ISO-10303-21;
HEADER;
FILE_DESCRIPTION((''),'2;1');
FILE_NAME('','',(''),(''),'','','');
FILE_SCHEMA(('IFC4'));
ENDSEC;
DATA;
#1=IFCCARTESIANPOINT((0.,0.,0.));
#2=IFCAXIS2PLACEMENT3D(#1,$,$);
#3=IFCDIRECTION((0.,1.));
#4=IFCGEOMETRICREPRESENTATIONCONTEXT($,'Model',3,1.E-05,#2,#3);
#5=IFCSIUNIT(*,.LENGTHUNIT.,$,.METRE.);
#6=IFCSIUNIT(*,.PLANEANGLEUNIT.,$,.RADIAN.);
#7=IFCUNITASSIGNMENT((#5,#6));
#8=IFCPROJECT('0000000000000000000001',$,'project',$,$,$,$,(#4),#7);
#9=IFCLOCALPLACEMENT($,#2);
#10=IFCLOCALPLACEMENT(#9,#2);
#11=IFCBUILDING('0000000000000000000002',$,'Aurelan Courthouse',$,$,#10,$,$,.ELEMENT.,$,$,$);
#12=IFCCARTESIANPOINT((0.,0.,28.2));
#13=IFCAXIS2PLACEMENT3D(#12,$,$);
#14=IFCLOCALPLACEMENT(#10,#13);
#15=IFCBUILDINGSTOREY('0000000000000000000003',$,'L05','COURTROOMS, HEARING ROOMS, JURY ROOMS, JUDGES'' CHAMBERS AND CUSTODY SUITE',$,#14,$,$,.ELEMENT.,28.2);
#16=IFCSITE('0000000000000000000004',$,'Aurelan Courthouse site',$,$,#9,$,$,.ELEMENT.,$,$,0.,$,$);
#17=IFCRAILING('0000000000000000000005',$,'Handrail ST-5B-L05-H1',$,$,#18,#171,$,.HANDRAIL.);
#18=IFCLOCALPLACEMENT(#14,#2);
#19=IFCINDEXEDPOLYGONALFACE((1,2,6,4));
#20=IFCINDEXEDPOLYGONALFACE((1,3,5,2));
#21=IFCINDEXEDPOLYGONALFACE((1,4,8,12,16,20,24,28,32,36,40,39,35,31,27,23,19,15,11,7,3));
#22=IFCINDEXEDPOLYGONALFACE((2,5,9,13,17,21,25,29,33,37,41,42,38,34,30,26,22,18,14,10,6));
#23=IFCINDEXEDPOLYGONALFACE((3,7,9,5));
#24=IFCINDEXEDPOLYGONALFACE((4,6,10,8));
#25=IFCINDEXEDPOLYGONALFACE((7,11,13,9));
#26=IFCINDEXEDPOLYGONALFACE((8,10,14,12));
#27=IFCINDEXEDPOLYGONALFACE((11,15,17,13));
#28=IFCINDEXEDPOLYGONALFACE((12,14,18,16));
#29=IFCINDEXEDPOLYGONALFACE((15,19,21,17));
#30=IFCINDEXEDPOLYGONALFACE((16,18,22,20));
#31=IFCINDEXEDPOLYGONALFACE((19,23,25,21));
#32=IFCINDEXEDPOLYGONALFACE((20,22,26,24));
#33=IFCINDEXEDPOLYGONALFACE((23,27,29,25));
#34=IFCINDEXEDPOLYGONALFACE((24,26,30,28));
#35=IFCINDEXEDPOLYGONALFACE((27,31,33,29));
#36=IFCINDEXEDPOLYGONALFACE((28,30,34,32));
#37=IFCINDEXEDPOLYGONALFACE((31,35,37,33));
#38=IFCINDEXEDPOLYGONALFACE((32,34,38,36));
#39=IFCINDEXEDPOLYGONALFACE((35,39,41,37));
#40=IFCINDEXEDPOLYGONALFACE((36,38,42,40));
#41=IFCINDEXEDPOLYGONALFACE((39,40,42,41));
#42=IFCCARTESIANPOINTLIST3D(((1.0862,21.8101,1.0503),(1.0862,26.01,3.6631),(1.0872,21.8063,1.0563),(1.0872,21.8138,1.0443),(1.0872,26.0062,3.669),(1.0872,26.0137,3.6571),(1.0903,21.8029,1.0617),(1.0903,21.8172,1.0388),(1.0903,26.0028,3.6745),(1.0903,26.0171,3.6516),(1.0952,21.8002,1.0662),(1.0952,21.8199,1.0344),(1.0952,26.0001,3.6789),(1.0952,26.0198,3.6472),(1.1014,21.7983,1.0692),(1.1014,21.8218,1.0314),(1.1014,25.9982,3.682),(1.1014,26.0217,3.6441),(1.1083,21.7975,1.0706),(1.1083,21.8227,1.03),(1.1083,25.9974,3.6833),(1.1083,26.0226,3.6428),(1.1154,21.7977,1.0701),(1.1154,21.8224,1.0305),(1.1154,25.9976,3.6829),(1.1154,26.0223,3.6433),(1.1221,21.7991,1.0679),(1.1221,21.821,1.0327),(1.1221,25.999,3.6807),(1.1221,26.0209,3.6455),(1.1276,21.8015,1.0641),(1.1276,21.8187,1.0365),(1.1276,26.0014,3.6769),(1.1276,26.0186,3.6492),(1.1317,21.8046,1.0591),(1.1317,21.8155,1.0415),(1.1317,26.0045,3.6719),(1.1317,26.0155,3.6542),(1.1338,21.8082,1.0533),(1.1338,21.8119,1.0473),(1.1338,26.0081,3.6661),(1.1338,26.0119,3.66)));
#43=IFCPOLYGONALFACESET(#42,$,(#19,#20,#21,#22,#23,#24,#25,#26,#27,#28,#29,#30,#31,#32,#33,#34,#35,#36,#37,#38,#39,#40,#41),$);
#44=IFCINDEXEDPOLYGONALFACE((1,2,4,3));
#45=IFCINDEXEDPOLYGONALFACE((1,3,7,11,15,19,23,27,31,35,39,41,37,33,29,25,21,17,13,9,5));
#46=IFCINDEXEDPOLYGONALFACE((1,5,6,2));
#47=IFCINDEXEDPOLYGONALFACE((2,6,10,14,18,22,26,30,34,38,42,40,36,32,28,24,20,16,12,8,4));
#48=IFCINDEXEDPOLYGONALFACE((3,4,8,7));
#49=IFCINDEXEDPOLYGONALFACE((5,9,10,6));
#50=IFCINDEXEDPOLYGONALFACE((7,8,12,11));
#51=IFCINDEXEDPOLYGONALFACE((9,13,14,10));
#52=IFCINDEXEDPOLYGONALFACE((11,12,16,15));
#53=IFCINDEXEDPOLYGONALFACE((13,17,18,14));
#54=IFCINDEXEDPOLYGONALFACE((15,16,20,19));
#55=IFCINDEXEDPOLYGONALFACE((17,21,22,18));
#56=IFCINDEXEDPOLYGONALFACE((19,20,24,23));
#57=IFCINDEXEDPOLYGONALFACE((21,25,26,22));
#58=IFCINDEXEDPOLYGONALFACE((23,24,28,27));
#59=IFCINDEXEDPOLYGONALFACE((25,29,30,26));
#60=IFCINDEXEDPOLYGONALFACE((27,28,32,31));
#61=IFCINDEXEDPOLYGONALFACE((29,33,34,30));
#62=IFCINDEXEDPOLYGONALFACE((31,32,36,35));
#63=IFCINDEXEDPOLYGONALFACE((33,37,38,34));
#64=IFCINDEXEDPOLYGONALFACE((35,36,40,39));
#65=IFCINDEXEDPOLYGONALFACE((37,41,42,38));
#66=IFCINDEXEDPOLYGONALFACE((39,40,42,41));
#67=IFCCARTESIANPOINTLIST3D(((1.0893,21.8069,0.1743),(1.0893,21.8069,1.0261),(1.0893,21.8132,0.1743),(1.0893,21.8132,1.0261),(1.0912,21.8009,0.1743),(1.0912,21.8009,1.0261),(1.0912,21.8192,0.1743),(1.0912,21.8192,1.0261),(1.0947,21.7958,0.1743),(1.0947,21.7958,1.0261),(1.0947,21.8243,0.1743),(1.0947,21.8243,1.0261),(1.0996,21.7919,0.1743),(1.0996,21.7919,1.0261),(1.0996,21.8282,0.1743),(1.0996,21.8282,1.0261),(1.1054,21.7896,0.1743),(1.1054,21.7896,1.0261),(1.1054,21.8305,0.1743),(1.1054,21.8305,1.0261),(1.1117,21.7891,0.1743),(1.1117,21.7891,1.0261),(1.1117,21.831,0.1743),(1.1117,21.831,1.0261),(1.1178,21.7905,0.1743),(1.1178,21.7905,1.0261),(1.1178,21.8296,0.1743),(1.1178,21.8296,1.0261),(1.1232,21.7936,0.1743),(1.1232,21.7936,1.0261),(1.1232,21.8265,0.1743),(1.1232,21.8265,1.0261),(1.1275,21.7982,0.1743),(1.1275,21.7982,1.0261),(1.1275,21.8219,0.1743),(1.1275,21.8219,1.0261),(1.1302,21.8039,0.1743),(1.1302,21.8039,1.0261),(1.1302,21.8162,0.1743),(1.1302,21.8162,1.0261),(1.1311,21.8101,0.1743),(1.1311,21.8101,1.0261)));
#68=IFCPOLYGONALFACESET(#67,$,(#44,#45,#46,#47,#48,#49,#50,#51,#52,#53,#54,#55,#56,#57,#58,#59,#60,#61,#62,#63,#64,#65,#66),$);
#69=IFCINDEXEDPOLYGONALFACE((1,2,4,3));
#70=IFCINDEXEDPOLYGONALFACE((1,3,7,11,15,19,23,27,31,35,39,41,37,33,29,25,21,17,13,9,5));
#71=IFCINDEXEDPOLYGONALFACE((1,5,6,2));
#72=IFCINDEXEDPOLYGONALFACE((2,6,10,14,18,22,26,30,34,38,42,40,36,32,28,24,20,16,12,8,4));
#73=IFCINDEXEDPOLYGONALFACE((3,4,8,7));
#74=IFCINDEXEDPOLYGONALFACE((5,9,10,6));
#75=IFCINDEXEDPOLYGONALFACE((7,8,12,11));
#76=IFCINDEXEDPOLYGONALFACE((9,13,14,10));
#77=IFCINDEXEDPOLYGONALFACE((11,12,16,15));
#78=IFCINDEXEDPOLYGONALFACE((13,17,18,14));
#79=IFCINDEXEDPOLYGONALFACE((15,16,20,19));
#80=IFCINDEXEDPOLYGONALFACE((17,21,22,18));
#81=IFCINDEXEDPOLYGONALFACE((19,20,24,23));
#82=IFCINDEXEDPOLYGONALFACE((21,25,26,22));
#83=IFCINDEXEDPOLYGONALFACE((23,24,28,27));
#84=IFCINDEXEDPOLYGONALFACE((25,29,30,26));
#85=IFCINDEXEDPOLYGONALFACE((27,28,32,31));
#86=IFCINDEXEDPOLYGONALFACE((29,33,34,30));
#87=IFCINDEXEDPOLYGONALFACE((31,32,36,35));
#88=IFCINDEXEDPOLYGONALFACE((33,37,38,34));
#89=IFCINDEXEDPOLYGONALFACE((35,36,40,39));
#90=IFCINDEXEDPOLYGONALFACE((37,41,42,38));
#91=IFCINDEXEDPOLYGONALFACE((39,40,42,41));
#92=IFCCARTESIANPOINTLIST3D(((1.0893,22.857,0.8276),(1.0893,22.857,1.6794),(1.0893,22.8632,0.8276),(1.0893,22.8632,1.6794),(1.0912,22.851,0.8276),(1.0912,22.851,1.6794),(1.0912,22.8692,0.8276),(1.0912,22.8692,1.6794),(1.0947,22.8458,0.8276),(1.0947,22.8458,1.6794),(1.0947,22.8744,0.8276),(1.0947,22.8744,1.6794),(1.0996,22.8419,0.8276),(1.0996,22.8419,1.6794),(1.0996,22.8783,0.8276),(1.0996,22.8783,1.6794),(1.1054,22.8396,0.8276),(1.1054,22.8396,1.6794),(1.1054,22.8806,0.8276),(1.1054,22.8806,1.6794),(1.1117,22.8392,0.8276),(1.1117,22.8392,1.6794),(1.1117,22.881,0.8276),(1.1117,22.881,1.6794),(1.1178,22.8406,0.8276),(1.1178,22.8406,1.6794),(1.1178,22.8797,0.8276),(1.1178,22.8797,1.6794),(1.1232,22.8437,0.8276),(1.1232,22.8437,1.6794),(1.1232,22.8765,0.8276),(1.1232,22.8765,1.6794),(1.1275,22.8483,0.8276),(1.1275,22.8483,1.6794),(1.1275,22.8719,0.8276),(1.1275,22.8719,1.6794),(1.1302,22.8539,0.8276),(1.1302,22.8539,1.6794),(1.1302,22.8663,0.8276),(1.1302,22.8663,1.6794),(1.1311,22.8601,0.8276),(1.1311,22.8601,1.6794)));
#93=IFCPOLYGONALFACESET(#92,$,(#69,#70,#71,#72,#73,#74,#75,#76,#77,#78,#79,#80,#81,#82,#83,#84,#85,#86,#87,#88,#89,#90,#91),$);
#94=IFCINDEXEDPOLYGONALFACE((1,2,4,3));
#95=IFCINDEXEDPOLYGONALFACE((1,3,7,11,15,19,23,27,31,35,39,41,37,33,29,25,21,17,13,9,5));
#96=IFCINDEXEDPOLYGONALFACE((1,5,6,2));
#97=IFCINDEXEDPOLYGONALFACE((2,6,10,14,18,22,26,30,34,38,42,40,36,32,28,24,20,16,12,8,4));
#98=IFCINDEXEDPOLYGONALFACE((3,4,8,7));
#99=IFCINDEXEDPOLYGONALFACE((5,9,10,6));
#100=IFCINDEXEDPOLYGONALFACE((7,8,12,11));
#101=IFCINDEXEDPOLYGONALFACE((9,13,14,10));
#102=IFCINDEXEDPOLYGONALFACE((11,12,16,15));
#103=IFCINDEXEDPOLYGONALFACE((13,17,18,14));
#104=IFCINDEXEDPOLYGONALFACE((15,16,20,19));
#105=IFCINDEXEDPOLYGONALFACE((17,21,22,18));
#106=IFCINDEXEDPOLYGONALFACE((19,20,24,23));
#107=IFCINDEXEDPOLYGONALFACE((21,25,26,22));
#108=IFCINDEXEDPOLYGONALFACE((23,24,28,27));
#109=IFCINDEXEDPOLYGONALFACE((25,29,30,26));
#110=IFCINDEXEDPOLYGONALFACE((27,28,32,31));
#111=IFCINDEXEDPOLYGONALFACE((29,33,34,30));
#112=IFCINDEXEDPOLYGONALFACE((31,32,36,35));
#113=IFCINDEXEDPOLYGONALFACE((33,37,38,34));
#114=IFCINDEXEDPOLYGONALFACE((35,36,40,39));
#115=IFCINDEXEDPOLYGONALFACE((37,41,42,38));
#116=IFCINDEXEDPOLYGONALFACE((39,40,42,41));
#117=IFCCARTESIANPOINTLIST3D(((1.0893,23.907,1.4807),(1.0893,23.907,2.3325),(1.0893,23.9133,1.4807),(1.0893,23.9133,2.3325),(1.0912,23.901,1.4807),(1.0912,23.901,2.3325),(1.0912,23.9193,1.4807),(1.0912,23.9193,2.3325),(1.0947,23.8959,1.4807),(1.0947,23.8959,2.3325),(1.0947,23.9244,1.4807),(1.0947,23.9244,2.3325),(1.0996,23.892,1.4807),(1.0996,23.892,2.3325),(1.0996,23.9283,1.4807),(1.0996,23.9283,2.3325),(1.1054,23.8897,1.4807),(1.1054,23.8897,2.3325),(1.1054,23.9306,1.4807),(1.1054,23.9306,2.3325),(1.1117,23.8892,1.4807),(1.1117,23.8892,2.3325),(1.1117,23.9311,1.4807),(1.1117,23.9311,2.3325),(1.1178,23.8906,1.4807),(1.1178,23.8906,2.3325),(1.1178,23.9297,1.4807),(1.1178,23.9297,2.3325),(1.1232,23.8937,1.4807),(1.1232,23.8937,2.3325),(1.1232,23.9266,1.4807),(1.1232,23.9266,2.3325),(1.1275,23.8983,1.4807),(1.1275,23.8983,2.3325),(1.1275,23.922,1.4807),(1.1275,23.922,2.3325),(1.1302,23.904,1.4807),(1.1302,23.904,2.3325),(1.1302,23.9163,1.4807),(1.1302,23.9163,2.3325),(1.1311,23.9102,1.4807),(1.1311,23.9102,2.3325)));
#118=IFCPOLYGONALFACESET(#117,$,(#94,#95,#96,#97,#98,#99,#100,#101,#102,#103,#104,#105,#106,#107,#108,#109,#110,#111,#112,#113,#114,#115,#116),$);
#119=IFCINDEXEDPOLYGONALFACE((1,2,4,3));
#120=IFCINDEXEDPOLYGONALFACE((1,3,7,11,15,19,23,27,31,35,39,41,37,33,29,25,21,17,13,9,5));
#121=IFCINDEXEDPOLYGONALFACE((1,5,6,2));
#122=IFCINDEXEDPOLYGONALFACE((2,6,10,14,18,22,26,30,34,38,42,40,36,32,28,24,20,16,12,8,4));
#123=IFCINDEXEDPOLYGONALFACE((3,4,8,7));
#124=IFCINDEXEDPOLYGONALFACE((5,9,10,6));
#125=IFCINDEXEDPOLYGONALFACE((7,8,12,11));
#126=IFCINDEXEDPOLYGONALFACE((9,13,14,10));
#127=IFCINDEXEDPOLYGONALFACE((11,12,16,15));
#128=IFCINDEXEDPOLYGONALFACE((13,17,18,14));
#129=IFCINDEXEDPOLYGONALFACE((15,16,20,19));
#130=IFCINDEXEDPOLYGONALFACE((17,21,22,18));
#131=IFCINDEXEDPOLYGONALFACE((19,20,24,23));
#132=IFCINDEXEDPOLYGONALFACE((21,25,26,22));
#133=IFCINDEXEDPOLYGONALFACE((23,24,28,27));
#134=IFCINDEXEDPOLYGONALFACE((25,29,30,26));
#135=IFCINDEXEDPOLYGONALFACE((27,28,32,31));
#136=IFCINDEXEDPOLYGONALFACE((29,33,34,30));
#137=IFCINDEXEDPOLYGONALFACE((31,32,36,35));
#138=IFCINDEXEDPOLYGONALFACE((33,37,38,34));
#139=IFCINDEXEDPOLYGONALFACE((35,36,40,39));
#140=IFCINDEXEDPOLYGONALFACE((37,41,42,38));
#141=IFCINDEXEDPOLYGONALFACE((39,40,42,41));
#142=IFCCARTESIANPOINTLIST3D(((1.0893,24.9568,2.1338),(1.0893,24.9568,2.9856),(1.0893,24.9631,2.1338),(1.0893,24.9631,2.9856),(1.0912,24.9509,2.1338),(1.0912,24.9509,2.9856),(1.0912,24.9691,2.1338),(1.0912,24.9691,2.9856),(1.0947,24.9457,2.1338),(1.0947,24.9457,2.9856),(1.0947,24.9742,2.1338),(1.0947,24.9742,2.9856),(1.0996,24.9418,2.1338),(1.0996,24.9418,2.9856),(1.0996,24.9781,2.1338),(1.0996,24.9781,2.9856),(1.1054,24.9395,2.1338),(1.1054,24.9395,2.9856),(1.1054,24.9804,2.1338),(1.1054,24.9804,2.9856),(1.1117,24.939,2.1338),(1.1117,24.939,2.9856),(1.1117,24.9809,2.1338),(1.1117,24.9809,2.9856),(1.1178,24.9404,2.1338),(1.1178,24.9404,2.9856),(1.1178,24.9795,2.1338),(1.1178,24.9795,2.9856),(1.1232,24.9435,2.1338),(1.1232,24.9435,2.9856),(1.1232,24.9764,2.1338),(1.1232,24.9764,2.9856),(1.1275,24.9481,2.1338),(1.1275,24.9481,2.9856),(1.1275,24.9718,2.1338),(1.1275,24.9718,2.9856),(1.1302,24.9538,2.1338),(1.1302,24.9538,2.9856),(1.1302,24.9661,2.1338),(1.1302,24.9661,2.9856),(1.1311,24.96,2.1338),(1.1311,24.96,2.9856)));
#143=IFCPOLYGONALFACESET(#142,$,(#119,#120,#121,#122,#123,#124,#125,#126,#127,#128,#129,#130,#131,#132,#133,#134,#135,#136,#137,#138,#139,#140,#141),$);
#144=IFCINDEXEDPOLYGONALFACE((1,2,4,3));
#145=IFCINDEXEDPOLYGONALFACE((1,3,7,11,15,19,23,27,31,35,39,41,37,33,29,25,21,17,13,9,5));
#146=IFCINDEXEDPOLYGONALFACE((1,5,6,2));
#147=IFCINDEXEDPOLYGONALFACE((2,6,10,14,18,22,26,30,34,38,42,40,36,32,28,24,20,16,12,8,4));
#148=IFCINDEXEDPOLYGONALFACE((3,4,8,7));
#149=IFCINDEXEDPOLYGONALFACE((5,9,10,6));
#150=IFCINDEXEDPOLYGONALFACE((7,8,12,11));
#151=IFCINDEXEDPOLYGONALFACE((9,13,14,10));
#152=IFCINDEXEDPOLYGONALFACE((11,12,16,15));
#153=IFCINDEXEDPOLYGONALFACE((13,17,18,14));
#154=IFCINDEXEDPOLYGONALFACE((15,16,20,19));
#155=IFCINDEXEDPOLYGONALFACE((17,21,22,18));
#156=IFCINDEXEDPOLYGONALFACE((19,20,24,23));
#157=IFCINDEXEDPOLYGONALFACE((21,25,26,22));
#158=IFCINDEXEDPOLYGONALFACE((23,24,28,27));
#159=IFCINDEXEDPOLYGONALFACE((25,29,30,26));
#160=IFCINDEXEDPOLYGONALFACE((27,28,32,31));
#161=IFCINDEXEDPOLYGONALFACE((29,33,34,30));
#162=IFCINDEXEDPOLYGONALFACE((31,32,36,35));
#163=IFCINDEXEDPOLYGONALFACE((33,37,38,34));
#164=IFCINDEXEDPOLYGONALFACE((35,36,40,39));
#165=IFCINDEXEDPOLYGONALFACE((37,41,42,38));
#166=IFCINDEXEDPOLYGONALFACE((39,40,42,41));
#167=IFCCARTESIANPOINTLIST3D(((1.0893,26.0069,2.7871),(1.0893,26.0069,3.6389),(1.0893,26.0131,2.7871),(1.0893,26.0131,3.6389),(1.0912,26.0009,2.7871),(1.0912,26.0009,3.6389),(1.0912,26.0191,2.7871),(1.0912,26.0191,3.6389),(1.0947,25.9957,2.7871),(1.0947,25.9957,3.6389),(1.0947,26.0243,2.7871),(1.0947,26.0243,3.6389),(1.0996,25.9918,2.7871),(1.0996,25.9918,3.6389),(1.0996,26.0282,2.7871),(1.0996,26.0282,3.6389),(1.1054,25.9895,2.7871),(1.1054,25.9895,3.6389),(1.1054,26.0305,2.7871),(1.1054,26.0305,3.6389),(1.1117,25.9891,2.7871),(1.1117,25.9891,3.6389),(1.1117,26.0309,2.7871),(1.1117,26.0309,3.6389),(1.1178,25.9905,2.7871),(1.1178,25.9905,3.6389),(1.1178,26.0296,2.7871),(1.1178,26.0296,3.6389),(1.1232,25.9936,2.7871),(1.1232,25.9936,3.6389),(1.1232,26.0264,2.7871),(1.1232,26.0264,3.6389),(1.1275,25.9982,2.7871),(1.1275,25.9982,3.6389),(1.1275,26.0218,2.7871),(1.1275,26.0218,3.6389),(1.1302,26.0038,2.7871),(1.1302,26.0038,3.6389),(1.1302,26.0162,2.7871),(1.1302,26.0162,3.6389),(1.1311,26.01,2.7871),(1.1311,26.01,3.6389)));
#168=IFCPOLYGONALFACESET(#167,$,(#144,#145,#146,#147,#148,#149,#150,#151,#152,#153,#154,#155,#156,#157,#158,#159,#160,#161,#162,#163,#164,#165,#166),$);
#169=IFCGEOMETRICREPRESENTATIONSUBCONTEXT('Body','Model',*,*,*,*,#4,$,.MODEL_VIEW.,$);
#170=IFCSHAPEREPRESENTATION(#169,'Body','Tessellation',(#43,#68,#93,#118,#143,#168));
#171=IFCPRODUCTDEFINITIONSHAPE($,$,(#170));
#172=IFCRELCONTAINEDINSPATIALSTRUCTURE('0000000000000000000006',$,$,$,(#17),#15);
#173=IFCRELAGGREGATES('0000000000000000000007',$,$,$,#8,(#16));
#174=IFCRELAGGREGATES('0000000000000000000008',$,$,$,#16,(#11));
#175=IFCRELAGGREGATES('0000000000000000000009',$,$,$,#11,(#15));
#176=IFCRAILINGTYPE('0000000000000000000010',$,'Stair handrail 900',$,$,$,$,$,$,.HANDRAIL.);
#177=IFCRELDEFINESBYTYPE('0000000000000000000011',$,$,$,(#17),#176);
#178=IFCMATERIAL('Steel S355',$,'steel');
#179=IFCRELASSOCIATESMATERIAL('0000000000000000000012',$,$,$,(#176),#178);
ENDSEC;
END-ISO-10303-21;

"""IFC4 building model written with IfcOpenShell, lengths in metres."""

from ifc_helpers import new_model, si_unit, direction, frame, origin, origin_2d, place, context, subcontext, project, spatial, circle, extrude, material, type_object, element, save


model = new_model("IFC4")

# Units and contexts
model_context = context("Model", 3, precision=1e-05, world=origin(), true_north=direction((0.0, 1.0)))
body_context = subcontext(model_context, "Body", "Model", "MODEL_VIEW")
ifc_project = project(units=[si_unit("LENGTHUNIT", "METRE"), si_unit("PLANEANGLEUNIT", "RADIAN")], contexts=[model_context])

# Site, building, storey
site_placement = place(None, origin())
site = spatial("IfcSite", under=ifc_project, at=site_placement, Name="Aurelan Courthouse site", CompositionType="ELEMENT", RefElevation=0.0)
building_placement = place(site_placement, origin())
building = spatial("IfcBuilding", under=site, at=building_placement, Name="Aurelan Courthouse", CompositionType="ELEMENT")
storey_placement = place(building_placement, frame((0.0, 0.0, 28.2)))
storey = spatial("IfcBuildingStorey", under=building, at=storey_placement, Name="L05", Description="COURTROOMS, HEARING ROOMS, JURY ROOMS, JUDGES' CHAMBERS AND CUSTODY SUITE", CompositionType="ELEMENT", Elevation=28.2)

# Railing
ifc_material_1 = material(Name="Steel S355", Category="steel")
railing_type_1 = type_object("IfcRailingType", Name="Stair handrail 900", PredefinedType="HANDRAIL", material=ifc_material_1)
for number, where, name in (
    (1, (1.1101, 21.8101, 0.1743), "Handrail ST-5B-L05-H1"),
):
    element("IfcRailing", number, at=place(storey_placement, frame(where)), inside=storey, type_object=railing_type_1, Name=name, PredefinedType="HANDRAIL", context=body_context, shape_type="SweptSolid", body=[
        extrude(circle(Radius=0.0239, at=origin_2d()), frame((0.0, 0.0, 0.876), z_axis=(0.0, 0.849103, 0.528228), x_axis=(-1.0, 0.0, 0.0)), (0.0, 0.0, 1.0), 4.9463),
        extrude(circle(Radius=0.021, at=origin_2d()), origin(), (0.0, 0.0, 1.0), 0.8518),
        extrude(circle(Radius=0.021, at=origin_2d()), frame((0.0, 1.05, 0.6533)), (0.0, 0.0, 1.0), 0.8518),
        extrude(circle(Radius=0.021, at=origin_2d()), frame((0.0, 2.1001, 1.3064)), (0.0, 0.0, 1.0), 0.8518),
        extrude(circle(Radius=0.021, at=origin_2d()), frame((0.0, 3.1499, 1.9595)), (0.0, 0.0, 1.0), 0.8518),
        extrude(circle(Radius=0.021, at=origin_2d()), frame((0.0, 4.2, 2.6128)), (0.0, 0.0, 1.0), 0.8518),
    ])

save(model, "model.ifc")
